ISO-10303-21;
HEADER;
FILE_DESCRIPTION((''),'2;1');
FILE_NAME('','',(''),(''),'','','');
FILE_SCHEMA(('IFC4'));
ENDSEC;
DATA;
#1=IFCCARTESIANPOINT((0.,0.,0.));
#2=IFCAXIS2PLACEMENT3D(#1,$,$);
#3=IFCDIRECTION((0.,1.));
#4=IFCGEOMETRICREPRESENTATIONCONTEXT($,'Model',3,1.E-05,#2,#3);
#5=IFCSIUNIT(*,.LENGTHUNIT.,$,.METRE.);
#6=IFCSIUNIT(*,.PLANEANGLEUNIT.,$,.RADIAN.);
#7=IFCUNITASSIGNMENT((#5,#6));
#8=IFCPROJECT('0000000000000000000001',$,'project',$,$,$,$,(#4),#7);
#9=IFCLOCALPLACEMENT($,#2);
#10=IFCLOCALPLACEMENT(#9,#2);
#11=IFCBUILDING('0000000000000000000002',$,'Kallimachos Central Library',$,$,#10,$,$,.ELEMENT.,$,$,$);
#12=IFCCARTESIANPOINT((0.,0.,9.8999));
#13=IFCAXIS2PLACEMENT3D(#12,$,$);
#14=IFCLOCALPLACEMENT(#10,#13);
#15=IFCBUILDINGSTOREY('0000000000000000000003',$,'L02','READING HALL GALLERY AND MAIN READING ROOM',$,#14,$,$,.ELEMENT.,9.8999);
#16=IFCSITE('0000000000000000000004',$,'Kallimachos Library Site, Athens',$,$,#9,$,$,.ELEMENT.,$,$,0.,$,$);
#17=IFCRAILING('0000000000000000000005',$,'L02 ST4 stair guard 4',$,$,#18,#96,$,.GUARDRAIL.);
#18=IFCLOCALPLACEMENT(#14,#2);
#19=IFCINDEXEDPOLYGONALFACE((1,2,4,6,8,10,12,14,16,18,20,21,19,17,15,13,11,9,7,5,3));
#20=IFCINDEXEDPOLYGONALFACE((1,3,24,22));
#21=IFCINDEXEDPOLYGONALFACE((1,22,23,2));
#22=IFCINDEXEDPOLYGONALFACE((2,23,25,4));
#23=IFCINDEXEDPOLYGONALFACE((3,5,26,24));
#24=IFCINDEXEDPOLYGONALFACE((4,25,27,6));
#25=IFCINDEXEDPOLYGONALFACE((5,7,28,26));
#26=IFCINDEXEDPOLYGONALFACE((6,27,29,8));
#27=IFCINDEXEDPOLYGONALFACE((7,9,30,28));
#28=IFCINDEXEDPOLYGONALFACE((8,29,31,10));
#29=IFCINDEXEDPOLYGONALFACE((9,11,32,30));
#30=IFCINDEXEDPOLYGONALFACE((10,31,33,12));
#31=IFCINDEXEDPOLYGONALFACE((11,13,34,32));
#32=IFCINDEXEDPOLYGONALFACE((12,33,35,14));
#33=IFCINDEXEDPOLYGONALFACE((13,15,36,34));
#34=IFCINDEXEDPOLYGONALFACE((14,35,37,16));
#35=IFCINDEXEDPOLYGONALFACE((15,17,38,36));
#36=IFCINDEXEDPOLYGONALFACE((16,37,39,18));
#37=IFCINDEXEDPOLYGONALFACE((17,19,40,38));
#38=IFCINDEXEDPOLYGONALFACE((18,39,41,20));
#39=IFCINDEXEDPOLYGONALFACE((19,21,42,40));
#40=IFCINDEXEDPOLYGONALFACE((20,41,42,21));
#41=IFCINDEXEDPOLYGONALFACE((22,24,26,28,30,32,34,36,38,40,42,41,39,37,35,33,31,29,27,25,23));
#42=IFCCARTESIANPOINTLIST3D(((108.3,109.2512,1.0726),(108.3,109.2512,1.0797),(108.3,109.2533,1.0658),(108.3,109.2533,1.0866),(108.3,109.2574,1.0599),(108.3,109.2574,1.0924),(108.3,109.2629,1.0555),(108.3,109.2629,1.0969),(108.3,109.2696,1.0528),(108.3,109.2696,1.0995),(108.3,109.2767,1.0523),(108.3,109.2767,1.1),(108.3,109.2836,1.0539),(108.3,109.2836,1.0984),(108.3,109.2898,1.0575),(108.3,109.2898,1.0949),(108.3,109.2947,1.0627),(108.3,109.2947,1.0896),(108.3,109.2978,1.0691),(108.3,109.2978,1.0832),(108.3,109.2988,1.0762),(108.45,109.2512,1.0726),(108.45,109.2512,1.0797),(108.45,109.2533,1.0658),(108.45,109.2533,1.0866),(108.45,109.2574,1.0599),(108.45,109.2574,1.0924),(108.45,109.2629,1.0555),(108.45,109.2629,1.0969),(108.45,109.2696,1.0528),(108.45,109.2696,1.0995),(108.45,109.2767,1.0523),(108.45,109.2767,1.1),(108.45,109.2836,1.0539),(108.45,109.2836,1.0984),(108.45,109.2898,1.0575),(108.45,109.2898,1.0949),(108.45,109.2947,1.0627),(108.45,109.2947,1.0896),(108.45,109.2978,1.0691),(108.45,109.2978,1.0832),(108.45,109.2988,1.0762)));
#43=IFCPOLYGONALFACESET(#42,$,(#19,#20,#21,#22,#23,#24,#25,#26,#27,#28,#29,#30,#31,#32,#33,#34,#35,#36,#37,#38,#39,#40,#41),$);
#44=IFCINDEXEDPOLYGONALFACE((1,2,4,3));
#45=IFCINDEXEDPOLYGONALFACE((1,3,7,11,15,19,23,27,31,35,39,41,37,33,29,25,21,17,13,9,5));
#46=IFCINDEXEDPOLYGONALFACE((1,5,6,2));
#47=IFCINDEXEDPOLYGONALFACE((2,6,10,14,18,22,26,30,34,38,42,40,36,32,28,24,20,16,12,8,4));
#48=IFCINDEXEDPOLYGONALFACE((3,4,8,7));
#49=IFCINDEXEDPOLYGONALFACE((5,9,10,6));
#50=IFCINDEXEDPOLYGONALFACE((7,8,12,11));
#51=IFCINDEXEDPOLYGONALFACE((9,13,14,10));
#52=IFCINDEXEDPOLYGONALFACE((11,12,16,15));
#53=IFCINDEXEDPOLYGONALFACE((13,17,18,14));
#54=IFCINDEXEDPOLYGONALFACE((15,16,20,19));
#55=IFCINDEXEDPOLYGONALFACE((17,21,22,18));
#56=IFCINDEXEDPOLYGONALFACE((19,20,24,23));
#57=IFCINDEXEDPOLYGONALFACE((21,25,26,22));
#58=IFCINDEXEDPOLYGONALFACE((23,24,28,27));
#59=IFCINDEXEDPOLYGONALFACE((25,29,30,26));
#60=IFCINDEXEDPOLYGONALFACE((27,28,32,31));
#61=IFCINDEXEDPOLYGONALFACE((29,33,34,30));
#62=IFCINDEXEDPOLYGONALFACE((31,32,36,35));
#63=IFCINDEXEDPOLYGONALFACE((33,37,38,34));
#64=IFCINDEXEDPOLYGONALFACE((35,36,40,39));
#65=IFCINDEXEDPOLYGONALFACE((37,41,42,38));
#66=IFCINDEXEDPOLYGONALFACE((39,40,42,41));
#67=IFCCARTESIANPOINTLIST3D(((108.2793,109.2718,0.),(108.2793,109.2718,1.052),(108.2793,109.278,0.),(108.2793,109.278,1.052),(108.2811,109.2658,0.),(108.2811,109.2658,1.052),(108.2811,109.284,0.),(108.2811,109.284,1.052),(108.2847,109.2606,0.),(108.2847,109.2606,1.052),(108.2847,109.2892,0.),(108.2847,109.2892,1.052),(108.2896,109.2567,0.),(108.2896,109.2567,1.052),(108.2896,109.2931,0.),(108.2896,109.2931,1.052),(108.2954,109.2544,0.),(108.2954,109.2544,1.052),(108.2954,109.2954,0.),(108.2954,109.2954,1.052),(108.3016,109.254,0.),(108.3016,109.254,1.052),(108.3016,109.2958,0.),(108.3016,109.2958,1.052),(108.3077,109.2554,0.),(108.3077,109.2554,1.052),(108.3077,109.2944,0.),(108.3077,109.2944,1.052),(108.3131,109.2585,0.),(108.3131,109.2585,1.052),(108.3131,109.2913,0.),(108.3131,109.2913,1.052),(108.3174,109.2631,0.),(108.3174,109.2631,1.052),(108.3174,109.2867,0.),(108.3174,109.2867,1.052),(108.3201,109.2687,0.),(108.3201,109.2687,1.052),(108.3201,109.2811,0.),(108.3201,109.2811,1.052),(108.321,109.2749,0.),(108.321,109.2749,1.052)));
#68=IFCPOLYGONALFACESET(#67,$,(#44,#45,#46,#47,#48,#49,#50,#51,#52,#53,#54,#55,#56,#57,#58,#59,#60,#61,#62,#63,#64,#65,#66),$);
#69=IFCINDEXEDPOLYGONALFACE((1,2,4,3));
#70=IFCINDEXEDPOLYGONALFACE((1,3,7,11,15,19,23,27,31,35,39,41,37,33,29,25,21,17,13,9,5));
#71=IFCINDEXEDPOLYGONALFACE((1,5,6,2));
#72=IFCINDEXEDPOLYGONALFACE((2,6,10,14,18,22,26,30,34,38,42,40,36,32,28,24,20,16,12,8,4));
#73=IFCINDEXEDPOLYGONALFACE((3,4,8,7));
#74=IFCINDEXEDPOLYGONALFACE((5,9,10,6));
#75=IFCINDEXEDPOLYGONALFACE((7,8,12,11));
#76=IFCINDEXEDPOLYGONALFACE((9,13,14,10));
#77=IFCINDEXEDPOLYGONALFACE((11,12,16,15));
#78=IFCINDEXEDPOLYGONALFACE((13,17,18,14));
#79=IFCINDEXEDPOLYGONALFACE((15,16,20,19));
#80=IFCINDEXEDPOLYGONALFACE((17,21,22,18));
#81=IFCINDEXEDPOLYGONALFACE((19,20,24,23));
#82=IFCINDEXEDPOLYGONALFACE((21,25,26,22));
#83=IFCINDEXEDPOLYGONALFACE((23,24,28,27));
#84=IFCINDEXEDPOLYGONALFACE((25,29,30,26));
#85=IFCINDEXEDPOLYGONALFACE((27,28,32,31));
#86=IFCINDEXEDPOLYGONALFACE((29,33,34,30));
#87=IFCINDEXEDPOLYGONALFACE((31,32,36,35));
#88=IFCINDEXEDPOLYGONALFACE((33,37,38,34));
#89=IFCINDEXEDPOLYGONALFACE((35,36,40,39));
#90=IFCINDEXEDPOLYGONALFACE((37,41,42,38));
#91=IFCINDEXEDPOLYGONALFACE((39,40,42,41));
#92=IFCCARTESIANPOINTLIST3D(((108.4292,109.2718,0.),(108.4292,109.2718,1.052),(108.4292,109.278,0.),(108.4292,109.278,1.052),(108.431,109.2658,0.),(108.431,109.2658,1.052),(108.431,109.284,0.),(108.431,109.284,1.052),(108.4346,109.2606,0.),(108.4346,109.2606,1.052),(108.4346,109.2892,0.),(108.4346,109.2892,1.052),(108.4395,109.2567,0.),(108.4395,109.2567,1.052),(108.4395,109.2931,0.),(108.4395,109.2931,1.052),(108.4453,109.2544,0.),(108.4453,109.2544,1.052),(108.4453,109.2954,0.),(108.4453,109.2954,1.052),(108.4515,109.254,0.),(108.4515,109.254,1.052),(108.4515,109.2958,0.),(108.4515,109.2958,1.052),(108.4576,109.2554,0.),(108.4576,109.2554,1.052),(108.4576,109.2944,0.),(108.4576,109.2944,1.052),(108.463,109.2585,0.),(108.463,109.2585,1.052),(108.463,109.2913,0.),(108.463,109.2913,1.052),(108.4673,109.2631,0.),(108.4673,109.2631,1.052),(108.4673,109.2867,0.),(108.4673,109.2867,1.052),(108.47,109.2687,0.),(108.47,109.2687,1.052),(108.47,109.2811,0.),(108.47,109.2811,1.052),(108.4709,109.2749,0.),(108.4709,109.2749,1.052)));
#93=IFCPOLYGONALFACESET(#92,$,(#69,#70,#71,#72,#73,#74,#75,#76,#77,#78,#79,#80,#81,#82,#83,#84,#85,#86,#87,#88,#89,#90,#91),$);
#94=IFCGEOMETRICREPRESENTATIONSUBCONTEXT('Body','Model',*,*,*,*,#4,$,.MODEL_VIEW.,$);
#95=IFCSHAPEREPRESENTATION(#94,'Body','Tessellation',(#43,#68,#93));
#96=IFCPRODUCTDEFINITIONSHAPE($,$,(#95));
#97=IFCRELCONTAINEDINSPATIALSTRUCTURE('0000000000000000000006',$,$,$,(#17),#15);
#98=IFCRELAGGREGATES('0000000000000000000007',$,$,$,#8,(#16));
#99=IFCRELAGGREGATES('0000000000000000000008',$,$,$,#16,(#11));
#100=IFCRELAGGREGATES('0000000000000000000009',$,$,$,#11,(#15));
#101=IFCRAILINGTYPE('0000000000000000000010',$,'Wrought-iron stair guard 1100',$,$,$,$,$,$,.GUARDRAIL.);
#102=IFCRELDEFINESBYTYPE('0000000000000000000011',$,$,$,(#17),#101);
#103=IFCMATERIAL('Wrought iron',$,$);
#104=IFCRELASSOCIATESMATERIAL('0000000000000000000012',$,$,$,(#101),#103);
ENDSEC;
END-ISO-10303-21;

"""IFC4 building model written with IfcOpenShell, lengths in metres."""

from ifc_helpers import new_model, si_unit, direction, frame, origin, origin_2d, place, context, subcontext, project, spatial, circle, extrude, material, type_object, element, save


model = new_model("IFC4")

# Units and contexts
model_context = context("Model", 3, precision=1e-05, world=origin(), true_north=direction((0.0, 1.0)))
body_context = subcontext(model_context, "Body", "Model", "MODEL_VIEW")
ifc_project = project(units=[si_unit("LENGTHUNIT", "METRE"), si_unit("PLANEANGLEUNIT", "RADIAN")], contexts=[model_context])

# Site, building, storey
site_placement = place(None, origin())
site = spatial("IfcSite", under=ifc_project, at=site_placement, Name="Kallimachos Library Site, Athens", CompositionType="ELEMENT", RefElevation=0.0)
building_placement = place(site_placement, origin())
building = spatial("IfcBuilding", under=site, at=building_placement, Name="Kallimachos Central Library", CompositionType="ELEMENT")
storey_placement = place(building_placement, frame((0.0, 0.0, 9.8999)))
storey = spatial("IfcBuildingStorey", under=building, at=storey_placement, Name="L02", Description="READING HALL GALLERY AND MAIN READING ROOM", CompositionType="ELEMENT", Elevation=9.8999)

# Railing
ifc_material_1 = material(Name="Wrought iron")
railing_type_1 = type_object("IfcRailingType", Name="Wrought-iron stair guard 1100", PredefinedType="GUARDRAIL", material=ifc_material_1)
railing_1_placement = place(storey_placement, frame((108.3, 109.2749, 0.0)))
element("IfcRailing", 1, at=railing_1_placement, inside=storey, type_object=railing_type_1, Name="L02 ST4 stair guard 4", PredefinedType="GUARDRAIL", context=body_context, shape_type="SweptSolid", body=[
    extrude(circle(Radius=0.0239, at=origin_2d()), frame((0.0, 0.0, 1.0762), z_axis=(1.0, 0.0, 0.0), x_axis=(0.0, 1.0, 0.0)), (0.0, 0.0, 1.0), 0.1499),
    extrude(circle(Radius=0.021, at=origin_2d()), origin(), (0.0, 0.0, 1.0), 1.052),
    extrude(circle(Radius=0.021, at=origin_2d()), frame((0.1499, 0.0, 0.0)), (0.0, 0.0, 1.0), 1.052),
])

save(model, "model.ifc")
